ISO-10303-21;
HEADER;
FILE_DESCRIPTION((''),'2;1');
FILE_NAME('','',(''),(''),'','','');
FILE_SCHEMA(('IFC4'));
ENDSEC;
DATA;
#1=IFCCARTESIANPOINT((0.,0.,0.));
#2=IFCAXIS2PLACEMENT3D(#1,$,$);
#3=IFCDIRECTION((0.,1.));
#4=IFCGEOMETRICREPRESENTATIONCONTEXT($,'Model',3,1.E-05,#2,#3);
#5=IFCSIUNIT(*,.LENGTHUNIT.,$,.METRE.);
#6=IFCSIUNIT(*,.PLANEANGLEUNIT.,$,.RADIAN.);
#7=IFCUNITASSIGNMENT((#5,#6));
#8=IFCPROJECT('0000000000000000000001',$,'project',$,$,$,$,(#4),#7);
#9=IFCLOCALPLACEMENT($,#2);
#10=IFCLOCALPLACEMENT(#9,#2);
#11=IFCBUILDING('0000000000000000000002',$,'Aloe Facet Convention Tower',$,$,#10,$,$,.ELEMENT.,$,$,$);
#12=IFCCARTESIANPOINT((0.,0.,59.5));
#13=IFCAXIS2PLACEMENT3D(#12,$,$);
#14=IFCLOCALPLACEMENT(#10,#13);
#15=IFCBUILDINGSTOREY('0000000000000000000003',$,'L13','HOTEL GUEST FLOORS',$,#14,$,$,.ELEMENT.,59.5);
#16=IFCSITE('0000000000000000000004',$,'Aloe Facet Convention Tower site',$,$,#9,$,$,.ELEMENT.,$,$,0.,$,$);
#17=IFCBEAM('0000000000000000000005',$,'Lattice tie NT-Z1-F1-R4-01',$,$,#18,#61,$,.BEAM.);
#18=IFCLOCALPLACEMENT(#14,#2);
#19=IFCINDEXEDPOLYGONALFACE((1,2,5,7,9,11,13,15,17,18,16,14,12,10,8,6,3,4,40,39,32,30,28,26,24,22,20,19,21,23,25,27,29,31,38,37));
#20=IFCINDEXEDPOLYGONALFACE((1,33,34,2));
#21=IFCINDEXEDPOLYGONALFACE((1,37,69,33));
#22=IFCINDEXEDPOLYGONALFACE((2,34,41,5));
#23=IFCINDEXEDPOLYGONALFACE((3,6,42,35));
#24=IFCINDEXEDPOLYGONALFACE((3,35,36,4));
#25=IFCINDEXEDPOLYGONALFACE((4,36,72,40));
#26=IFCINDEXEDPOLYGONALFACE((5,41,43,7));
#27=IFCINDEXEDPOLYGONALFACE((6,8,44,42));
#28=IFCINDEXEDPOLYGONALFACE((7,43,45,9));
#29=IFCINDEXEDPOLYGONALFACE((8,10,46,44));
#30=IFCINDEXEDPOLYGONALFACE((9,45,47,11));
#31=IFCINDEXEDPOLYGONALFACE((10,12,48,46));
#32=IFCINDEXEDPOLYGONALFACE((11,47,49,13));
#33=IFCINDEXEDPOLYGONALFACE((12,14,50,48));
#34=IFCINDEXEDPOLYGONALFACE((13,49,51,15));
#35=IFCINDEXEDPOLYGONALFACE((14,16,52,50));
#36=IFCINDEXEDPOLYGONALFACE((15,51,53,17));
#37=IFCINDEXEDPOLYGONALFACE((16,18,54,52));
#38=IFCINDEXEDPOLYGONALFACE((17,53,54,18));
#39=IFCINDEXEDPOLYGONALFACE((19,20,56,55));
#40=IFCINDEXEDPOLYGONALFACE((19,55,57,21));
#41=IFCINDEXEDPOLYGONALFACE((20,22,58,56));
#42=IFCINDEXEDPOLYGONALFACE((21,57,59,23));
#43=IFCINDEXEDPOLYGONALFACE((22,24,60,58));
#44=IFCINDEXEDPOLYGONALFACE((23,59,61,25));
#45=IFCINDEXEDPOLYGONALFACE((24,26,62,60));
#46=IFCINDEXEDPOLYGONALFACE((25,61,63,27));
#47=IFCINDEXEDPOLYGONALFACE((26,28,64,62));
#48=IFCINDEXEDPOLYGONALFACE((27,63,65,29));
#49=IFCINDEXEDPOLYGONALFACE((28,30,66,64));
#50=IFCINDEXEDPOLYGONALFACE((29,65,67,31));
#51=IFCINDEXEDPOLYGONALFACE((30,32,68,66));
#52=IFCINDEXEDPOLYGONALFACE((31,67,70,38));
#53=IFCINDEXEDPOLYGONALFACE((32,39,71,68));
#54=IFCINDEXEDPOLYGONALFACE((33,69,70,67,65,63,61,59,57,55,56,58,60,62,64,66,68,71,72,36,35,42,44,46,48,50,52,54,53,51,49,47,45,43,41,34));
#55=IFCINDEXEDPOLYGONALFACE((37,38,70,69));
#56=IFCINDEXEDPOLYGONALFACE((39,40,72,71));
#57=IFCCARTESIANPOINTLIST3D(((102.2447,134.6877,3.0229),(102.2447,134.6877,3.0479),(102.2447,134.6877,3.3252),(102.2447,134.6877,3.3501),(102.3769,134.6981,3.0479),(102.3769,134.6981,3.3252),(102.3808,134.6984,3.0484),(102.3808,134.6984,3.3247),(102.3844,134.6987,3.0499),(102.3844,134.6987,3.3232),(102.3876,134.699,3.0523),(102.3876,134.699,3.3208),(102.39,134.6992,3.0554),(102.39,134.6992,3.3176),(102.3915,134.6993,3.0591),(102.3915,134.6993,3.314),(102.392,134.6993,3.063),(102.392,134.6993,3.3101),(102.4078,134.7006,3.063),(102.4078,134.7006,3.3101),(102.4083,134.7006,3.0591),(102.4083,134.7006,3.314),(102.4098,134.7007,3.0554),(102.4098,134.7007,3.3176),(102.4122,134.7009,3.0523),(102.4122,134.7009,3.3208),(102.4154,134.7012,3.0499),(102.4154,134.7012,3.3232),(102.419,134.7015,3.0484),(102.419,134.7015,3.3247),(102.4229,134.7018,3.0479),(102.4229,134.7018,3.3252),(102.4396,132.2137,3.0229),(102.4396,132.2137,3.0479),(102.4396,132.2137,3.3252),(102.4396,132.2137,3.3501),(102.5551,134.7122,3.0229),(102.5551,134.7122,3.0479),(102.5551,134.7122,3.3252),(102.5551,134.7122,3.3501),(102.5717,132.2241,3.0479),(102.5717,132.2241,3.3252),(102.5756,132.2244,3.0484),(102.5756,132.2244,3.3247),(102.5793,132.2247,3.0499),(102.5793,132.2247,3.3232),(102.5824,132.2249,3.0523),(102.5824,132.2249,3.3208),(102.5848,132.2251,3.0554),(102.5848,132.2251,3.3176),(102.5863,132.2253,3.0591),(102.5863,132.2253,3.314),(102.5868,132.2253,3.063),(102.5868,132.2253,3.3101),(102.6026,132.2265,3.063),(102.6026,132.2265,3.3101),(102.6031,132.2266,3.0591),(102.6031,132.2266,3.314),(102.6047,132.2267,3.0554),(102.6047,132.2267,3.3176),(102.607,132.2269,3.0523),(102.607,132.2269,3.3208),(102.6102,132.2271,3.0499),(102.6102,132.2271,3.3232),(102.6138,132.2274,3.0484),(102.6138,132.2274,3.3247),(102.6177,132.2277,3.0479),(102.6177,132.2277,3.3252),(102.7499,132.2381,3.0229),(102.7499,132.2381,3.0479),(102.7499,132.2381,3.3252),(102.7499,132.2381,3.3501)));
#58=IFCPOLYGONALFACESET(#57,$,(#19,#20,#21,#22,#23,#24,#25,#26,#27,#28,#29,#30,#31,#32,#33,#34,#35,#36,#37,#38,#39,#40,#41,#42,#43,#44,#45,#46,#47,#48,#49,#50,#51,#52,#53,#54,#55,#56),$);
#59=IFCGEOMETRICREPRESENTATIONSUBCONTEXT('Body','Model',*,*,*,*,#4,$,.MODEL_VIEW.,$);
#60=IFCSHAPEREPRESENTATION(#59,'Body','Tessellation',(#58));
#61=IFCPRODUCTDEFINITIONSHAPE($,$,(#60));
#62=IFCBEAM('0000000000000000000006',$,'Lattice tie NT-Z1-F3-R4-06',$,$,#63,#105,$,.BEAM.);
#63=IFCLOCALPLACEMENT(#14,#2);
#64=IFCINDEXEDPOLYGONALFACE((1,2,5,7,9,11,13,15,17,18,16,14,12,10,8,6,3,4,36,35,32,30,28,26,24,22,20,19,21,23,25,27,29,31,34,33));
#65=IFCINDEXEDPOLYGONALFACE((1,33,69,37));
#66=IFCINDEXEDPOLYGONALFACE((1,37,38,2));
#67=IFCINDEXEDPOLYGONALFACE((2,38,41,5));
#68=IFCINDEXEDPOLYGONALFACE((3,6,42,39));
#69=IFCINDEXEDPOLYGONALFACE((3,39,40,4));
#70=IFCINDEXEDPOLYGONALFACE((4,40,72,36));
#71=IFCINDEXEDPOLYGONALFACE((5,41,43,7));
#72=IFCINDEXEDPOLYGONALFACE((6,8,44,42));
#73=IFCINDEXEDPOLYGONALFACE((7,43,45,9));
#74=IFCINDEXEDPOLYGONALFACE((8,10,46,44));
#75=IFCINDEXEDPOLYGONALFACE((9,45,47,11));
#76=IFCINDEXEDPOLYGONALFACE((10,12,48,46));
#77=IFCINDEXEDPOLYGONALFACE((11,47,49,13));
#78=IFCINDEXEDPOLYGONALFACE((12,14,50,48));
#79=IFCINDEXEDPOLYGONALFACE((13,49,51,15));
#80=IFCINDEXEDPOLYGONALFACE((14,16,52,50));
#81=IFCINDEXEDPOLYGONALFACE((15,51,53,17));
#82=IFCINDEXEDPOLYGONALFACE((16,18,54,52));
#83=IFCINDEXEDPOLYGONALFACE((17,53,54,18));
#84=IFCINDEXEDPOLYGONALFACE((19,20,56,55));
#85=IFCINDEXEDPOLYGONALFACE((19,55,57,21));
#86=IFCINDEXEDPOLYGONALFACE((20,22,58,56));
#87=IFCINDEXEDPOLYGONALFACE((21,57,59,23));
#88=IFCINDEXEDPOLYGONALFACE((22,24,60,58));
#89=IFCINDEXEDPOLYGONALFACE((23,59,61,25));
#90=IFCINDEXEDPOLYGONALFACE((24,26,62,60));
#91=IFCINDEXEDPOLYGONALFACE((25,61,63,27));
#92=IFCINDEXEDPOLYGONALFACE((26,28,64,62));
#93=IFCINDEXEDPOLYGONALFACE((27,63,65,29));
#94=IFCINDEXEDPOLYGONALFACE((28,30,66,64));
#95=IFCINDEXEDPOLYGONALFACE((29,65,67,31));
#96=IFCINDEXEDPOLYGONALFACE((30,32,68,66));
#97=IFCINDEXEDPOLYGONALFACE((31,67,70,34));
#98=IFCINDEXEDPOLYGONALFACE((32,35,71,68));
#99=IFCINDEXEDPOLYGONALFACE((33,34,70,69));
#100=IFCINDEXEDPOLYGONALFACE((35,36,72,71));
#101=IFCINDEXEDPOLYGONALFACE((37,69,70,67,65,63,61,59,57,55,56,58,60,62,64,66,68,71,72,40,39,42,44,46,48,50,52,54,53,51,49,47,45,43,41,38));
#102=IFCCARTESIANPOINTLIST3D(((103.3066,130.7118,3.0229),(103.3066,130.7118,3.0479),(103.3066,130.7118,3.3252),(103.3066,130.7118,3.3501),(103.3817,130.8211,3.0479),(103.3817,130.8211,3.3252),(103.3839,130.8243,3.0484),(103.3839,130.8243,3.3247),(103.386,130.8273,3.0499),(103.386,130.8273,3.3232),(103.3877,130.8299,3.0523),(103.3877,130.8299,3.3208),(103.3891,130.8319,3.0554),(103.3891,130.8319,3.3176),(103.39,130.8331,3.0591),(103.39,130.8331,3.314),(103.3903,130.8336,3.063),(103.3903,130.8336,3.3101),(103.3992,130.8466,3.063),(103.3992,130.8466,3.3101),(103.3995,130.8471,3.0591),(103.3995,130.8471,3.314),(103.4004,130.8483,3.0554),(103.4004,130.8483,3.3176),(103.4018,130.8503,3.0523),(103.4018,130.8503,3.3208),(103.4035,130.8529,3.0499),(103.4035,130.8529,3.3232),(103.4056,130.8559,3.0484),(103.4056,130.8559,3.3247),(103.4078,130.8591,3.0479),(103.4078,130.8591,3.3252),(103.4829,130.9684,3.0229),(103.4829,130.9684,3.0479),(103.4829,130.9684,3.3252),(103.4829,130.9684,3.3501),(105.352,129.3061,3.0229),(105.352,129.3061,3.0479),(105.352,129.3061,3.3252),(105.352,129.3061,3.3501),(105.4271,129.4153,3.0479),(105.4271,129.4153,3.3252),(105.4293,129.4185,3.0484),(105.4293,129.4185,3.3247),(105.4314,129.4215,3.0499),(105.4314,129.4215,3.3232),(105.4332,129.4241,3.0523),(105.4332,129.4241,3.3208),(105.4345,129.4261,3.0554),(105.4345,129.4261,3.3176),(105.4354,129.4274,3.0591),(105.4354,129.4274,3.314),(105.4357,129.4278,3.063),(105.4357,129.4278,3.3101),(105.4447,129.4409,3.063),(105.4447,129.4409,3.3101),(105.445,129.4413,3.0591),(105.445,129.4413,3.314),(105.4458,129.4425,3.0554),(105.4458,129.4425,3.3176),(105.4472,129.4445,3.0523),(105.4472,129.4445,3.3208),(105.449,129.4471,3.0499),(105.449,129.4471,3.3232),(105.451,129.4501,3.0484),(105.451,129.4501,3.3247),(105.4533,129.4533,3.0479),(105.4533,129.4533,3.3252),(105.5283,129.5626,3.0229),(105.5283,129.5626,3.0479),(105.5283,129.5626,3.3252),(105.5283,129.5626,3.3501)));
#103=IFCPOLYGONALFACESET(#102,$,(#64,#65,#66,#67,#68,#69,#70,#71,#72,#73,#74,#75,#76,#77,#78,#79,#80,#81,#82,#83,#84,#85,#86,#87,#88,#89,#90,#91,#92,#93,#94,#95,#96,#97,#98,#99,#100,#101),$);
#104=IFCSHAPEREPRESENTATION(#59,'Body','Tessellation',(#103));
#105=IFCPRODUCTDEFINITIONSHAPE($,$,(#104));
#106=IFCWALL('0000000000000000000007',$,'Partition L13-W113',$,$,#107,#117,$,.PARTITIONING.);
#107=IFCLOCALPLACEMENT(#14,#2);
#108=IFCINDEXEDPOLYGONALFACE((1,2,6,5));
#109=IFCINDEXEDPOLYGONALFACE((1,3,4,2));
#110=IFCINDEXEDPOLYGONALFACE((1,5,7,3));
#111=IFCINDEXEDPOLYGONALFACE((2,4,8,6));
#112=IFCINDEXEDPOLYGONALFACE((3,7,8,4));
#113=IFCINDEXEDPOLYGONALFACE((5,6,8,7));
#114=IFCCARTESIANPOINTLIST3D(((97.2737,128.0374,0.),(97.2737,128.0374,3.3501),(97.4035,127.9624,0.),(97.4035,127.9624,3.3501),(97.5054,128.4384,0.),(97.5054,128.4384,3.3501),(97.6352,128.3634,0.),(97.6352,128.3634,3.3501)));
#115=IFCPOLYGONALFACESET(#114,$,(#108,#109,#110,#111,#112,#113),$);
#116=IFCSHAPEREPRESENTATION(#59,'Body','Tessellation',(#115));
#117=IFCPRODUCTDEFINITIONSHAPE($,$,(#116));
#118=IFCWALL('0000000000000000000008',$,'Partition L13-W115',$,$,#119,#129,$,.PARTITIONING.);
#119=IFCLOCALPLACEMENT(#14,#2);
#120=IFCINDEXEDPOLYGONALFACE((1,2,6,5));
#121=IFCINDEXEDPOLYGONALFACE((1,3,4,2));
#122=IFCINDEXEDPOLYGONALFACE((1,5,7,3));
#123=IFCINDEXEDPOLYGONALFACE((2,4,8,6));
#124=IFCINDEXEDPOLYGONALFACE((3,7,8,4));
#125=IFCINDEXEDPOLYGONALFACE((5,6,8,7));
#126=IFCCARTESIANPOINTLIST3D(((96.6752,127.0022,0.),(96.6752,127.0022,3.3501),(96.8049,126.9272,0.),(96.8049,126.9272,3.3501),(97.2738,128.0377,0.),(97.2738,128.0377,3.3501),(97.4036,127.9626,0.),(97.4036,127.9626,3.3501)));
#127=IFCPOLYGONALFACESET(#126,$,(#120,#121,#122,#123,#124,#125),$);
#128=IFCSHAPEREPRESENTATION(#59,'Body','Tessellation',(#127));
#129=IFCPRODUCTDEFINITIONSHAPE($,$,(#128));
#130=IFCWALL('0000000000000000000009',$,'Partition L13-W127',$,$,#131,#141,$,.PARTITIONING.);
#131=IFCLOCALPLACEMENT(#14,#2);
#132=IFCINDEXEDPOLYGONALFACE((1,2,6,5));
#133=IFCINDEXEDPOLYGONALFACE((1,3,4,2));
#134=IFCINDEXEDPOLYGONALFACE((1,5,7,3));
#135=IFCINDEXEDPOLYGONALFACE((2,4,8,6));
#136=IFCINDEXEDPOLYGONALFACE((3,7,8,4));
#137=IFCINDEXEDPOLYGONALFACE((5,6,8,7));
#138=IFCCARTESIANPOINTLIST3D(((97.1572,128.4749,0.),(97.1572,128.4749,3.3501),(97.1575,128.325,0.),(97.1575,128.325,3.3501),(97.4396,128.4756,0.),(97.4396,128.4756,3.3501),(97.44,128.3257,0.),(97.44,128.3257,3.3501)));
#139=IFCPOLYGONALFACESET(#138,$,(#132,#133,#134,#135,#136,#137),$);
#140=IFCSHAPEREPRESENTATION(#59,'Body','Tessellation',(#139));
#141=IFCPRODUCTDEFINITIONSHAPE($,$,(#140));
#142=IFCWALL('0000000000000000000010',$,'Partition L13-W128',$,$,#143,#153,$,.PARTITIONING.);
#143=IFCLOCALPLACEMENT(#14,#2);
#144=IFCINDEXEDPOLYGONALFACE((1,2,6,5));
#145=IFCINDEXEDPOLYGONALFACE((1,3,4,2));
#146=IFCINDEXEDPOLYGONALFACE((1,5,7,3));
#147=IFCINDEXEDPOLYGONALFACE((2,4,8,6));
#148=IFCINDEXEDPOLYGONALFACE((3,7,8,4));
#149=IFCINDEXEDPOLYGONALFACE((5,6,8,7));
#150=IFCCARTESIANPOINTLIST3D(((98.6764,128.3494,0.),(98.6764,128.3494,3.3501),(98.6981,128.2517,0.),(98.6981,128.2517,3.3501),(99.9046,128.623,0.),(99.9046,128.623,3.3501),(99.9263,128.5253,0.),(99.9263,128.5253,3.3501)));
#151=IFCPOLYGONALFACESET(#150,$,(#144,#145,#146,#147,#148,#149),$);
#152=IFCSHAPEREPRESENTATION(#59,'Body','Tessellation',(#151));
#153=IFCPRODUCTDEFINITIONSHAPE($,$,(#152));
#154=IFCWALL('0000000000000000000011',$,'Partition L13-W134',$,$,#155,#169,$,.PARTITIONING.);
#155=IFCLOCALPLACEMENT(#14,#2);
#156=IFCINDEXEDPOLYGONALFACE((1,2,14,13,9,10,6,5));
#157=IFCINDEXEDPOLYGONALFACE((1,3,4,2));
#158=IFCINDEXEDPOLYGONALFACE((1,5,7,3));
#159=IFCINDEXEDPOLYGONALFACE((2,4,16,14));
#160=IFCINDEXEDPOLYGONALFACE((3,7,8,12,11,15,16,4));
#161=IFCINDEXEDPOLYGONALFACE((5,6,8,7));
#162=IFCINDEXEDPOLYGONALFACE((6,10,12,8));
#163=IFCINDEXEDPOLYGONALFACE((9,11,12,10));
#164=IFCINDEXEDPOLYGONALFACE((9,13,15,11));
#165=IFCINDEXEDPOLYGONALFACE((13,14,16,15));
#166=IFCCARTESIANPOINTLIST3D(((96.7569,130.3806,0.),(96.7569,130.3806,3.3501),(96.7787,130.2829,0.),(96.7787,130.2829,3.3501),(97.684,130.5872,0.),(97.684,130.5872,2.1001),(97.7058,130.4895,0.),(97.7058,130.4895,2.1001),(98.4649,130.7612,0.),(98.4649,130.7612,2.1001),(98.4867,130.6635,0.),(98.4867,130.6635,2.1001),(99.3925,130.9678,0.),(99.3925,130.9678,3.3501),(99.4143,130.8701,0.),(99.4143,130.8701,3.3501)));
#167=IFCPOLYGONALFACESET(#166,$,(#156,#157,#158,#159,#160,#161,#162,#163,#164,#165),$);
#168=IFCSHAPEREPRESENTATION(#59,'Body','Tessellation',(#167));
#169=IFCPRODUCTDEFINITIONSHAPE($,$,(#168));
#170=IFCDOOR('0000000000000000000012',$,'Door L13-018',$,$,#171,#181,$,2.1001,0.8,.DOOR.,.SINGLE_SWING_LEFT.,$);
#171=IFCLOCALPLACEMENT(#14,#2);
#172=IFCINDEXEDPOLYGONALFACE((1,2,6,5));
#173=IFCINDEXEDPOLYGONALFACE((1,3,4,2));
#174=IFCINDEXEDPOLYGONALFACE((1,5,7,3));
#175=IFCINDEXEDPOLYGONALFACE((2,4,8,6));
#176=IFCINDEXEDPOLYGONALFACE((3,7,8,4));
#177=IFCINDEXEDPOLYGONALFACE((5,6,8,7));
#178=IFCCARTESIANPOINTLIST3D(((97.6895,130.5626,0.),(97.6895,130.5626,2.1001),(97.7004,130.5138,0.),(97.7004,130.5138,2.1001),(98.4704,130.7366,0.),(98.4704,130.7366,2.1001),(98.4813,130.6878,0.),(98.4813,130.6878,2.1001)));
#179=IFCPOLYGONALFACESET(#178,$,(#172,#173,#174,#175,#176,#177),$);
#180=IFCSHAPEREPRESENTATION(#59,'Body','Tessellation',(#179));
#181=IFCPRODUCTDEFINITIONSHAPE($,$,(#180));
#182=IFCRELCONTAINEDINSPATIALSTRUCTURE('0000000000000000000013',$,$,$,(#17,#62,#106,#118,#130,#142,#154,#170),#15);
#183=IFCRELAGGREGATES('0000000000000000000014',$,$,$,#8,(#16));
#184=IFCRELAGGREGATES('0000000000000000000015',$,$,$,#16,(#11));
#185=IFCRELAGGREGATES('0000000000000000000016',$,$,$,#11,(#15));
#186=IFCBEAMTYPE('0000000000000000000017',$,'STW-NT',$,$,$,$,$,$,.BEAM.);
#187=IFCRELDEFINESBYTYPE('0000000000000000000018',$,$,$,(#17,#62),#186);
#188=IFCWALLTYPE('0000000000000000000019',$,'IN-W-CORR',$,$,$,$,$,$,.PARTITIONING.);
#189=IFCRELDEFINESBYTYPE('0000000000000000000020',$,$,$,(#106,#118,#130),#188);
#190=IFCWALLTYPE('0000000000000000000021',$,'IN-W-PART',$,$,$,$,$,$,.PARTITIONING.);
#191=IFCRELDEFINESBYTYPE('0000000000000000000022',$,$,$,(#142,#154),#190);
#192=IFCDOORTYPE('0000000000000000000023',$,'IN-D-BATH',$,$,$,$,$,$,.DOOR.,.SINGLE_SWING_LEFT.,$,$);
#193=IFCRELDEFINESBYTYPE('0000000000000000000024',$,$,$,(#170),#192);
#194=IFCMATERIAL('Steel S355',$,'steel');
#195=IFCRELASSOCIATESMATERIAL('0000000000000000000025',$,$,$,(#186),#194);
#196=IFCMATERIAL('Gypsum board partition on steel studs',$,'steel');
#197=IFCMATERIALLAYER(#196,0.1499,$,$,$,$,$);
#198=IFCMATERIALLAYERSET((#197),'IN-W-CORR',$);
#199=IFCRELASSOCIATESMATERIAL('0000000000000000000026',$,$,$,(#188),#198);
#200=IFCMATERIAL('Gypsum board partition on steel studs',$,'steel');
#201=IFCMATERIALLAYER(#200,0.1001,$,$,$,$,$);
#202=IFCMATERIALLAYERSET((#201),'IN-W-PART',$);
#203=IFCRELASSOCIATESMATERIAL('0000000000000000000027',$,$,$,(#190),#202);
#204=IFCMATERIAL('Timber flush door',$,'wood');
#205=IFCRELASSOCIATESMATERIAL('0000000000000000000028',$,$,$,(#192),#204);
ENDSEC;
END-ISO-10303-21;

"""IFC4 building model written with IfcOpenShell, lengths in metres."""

from ifc_helpers import new_model, si_unit, direction, frame, frame_2d, origin, origin_2d, place, context, subcontext, project, spatial, rectangle, i_section, extrude, material, layer, layer_set, material_profile, profile_set, type_object, element, fill, save


model = new_model("IFC4")

# Units and contexts
model_context = context("Model", 3, precision=1e-05, world=origin(), true_north=direction((0.0, 1.0)))
body_context = subcontext(model_context, "Body", "Model", "MODEL_VIEW")
ifc_project = project(units=[si_unit("LENGTHUNIT", "METRE"), si_unit("PLANEANGLEUNIT", "RADIAN")], contexts=[model_context])

# Site, building, storey
site_placement = place(None, origin())
site = spatial("IfcSite", under=ifc_project, at=site_placement, Name="Aloe Facet Convention Tower site", CompositionType="ELEMENT", RefElevation=0.0)
building_placement = place(site_placement, origin())
building = spatial("IfcBuilding", under=site, at=building_placement, Name="Aloe Facet Convention Tower", CompositionType="ELEMENT")
storey_placement = place(building_placement, frame((0.0, 0.0, 59.5)))
storey = spatial("IfcBuildingStorey", under=building, at=storey_placement, Name="L13", Description="HOTEL GUEST FLOORS", CompositionType="ELEMENT", Elevation=59.5)

# Beams
ifc_material_1 = material(Name="Steel S355", Category="steel")
ifc_material_profile_1 = material_profile(ifc_material_1, i_section(OverallWidth=0.3113, OverallDepth=0.3271, WebThickness=0.0159, FlangeThickness=0.0249, FilletRadius=0.0151, at=origin_2d()), Name="UC 305x305x158")
ifc_profile_set_1 = profile_set([ifc_material_profile_1], Name="Steel S355")
beam_type_1 = type_object("IfcBeamType", Name="STW-NT", PredefinedType="BEAM", material=ifc_profile_set_1)
beam_1_placement = place(storey_placement, frame((102.3999, 134.7, 3.1865), z_axis=(0.078502, -0.996914, 0.0), x_axis=(0.996914, 0.078502, 0.0)))
element("IfcBeam", 1, at=beam_1_placement, inside=storey, type_object=beam_type_1, Name="Lattice tie NT-Z1-F1-R4-01", PredefinedType="BEAM", context=body_context, shape_type="SweptSolid", body=[
    extrude(i_section(OverallWidth=0.3113, OverallDepth=0.3271, WebThickness=0.0159, FlangeThickness=0.0249, FilletRadius=0.0151, at=origin_2d()), origin(), (0.0, 0.0, 1.0), 2.4817),
])
beam_2_placement = place(storey_placement, frame((105.4402, 129.4343, 3.1865), z_axis=(-0.824128, 0.566404, 0.0), x_axis=(-0.566404, -0.824128, 0.0)))
element("IfcBeam", 2, at=beam_2_placement, inside=storey, type_object=beam_type_1, Name="Lattice tie NT-Z1-F3-R4-06", PredefinedType="BEAM", context=body_context, shape_type="SweptSolid", body=[
    extrude(i_section(OverallWidth=0.3113, OverallDepth=0.3271, WebThickness=0.0159, FlangeThickness=0.0249, FilletRadius=0.0151, at=origin_2d()), origin(), (0.0, 0.0, 1.0), 2.4819),
])

# Walls
ifc_material_2 = material(Name="Gypsum board partition on steel studs", Category="steel")
ifc_layer_1 = layer(ifc_material_2, 0.1499)
ifc_layer_set_1 = layer_set([ifc_layer_1], Name="IN-W-CORR")
wall_type_1 = type_object("IfcWallType", Name="IN-W-CORR", PredefinedType="PARTITIONING", material=ifc_layer_set_1)
wall_1_placement = place(storey_placement, frame((97.3386, 128.0, 0.0), z_axis=(0.0, 0.0, 1.0), x_axis=(0.500392, 0.865799, 0.0)))
element("IfcWall", 3, at=wall_1_placement, inside=storey, type_object=wall_type_1, Name="Partition L13-W113", PredefinedType="PARTITIONING", context=body_context, shape_type="SweptSolid", body=[
    extrude(rectangle(XDim=0.4631, YDim=0.1499, at=frame_2d((0.2314, 0.0))), origin(), (0.0, 0.0, 1.0), 3.3501),
])
wall_2_placement = place(storey_placement, frame((96.74, 126.9646, 0.0), z_axis=(0.0, 0.0, 1.0), x_axis=(0.500529, 0.86572, 0.0)))
element("IfcWall", 4, at=wall_2_placement, inside=storey, type_object=wall_type_1, Name="Partition L13-W115", PredefinedType="PARTITIONING", context=body_context, shape_type="SweptSolid", body=[
    extrude(rectangle(XDim=1.196, YDim=0.1499, at=frame_2d((0.5981, 0.0))), origin(), (0.0, 0.0, 1.0), 3.3501),
])
wall_3_placement = place(storey_placement, frame((97.1575, 128.3999, 0.0), z_axis=(0.0, 0.0, 1.0), x_axis=(0.999997, 0.002593, 0.0)))
element("IfcWall", 5, at=wall_3_placement, inside=storey, type_object=wall_type_1, Name="Partition L13-W127", PredefinedType="PARTITIONING", context=body_context, shape_type="SweptSolid", body=[
    extrude(rectangle(XDim=0.2825, YDim=0.1499, at=frame_2d((0.1411, 0.0))), origin(), (0.0, 0.0, 1.0), 3.3501),
])
ifc_material_3 = material(Name="Gypsum board partition on steel studs", Category="steel")
ifc_layer_2 = layer(ifc_material_3, 0.1001)
ifc_layer_set_2 = layer_set([ifc_layer_2], Name="IN-W-PART")
wall_type_2 = type_object("IfcWallType", Name="IN-W-PART", PredefinedType="PARTITIONING", material=ifc_layer_set_2)
wall_4_placement = place(storey_placement, frame((98.6873, 128.3005, 0.0), z_axis=(0.0, 0.0, 1.0), x_axis=(0.976064, 0.217485, 0.0)))
element("IfcWall", 6, at=wall_4_placement, inside=storey, type_object=wall_type_2, Name="Partition L13-W128", PredefinedType="PARTITIONING", context=body_context, shape_type="SweptSolid", body=[
    extrude(rectangle(XDim=1.2583, YDim=0.1001, at=frame_2d((0.6292, 0.0))), origin(), (0.0, 0.0, 1.0), 3.3501),
])

# Wall, opening, door
wall_5_placement = place(storey_placement, frame((96.7678, 130.3318, 0.0), z_axis=(0.0, 0.0, 1.0), x_axis=(0.97607, 0.217457, 0.0)))
wall_5 = element("IfcWall", 7, at=wall_5_placement, inside=storey, type_object=wall_type_2, Name="Partition L13-W134", PredefinedType="PARTITIONING", context=body_context, shape_type="SweptSolid", body=[
    extrude(rectangle(XDim=2.7002, YDim=0.1001, at=frame_2d((1.3501, 0.0))), origin(), (0.0, 0.0, 1.0), 3.3501),
])
opening_1_placement = place(wall_5_placement, frame((0.95, 0.0, 0.0)))
opening_1 = element("IfcOpeningElement", 8, at=opening_1_placement, cuts=wall_5, PredefinedType="OPENING", context=body_context, shape_type="SweptSolid", body=[
    extrude(rectangle(XDim=0.8, YDim=2.1001, at=frame_2d((0.3999, 1.05))), frame((0.0, 0.0601, 0.0), z_axis=(0.0, -1.0, 0.0), x_axis=(1.0, 0.0, 0.0)), (0.0, 0.0, 1.0), 0.1201),
])
ifc_material_4 = material(Name="Timber flush door", Category="wood")
door_type = type_object("IfcDoorType", Name="IN-D-BATH", OperationType="SINGLE_SWING_LEFT", PredefinedType="DOOR", material=ifc_material_4)
door_placement = place(opening_1_placement, origin())
door = element("IfcDoor", 9, at=door_placement, inside=storey, type_object=door_type, Name="Door L13-018", OperationType="SINGLE_SWING_LEFT", OverallHeight=2.1001, OverallWidth=0.8, PredefinedType="DOOR", context=body_context, shape_type="SweptSolid", body=[
    extrude(rectangle(XDim=0.8, YDim=2.1001, at=frame_2d((0.3999, 1.05))), frame((0.0, 0.0249, 0.0), z_axis=(0.0, -1.0, 0.0), x_axis=(1.0, 0.0, 0.0)), (0.0, 0.0, 1.0), 0.05),
])
fill(opening_1, door)

save(model, "model.ifc")
